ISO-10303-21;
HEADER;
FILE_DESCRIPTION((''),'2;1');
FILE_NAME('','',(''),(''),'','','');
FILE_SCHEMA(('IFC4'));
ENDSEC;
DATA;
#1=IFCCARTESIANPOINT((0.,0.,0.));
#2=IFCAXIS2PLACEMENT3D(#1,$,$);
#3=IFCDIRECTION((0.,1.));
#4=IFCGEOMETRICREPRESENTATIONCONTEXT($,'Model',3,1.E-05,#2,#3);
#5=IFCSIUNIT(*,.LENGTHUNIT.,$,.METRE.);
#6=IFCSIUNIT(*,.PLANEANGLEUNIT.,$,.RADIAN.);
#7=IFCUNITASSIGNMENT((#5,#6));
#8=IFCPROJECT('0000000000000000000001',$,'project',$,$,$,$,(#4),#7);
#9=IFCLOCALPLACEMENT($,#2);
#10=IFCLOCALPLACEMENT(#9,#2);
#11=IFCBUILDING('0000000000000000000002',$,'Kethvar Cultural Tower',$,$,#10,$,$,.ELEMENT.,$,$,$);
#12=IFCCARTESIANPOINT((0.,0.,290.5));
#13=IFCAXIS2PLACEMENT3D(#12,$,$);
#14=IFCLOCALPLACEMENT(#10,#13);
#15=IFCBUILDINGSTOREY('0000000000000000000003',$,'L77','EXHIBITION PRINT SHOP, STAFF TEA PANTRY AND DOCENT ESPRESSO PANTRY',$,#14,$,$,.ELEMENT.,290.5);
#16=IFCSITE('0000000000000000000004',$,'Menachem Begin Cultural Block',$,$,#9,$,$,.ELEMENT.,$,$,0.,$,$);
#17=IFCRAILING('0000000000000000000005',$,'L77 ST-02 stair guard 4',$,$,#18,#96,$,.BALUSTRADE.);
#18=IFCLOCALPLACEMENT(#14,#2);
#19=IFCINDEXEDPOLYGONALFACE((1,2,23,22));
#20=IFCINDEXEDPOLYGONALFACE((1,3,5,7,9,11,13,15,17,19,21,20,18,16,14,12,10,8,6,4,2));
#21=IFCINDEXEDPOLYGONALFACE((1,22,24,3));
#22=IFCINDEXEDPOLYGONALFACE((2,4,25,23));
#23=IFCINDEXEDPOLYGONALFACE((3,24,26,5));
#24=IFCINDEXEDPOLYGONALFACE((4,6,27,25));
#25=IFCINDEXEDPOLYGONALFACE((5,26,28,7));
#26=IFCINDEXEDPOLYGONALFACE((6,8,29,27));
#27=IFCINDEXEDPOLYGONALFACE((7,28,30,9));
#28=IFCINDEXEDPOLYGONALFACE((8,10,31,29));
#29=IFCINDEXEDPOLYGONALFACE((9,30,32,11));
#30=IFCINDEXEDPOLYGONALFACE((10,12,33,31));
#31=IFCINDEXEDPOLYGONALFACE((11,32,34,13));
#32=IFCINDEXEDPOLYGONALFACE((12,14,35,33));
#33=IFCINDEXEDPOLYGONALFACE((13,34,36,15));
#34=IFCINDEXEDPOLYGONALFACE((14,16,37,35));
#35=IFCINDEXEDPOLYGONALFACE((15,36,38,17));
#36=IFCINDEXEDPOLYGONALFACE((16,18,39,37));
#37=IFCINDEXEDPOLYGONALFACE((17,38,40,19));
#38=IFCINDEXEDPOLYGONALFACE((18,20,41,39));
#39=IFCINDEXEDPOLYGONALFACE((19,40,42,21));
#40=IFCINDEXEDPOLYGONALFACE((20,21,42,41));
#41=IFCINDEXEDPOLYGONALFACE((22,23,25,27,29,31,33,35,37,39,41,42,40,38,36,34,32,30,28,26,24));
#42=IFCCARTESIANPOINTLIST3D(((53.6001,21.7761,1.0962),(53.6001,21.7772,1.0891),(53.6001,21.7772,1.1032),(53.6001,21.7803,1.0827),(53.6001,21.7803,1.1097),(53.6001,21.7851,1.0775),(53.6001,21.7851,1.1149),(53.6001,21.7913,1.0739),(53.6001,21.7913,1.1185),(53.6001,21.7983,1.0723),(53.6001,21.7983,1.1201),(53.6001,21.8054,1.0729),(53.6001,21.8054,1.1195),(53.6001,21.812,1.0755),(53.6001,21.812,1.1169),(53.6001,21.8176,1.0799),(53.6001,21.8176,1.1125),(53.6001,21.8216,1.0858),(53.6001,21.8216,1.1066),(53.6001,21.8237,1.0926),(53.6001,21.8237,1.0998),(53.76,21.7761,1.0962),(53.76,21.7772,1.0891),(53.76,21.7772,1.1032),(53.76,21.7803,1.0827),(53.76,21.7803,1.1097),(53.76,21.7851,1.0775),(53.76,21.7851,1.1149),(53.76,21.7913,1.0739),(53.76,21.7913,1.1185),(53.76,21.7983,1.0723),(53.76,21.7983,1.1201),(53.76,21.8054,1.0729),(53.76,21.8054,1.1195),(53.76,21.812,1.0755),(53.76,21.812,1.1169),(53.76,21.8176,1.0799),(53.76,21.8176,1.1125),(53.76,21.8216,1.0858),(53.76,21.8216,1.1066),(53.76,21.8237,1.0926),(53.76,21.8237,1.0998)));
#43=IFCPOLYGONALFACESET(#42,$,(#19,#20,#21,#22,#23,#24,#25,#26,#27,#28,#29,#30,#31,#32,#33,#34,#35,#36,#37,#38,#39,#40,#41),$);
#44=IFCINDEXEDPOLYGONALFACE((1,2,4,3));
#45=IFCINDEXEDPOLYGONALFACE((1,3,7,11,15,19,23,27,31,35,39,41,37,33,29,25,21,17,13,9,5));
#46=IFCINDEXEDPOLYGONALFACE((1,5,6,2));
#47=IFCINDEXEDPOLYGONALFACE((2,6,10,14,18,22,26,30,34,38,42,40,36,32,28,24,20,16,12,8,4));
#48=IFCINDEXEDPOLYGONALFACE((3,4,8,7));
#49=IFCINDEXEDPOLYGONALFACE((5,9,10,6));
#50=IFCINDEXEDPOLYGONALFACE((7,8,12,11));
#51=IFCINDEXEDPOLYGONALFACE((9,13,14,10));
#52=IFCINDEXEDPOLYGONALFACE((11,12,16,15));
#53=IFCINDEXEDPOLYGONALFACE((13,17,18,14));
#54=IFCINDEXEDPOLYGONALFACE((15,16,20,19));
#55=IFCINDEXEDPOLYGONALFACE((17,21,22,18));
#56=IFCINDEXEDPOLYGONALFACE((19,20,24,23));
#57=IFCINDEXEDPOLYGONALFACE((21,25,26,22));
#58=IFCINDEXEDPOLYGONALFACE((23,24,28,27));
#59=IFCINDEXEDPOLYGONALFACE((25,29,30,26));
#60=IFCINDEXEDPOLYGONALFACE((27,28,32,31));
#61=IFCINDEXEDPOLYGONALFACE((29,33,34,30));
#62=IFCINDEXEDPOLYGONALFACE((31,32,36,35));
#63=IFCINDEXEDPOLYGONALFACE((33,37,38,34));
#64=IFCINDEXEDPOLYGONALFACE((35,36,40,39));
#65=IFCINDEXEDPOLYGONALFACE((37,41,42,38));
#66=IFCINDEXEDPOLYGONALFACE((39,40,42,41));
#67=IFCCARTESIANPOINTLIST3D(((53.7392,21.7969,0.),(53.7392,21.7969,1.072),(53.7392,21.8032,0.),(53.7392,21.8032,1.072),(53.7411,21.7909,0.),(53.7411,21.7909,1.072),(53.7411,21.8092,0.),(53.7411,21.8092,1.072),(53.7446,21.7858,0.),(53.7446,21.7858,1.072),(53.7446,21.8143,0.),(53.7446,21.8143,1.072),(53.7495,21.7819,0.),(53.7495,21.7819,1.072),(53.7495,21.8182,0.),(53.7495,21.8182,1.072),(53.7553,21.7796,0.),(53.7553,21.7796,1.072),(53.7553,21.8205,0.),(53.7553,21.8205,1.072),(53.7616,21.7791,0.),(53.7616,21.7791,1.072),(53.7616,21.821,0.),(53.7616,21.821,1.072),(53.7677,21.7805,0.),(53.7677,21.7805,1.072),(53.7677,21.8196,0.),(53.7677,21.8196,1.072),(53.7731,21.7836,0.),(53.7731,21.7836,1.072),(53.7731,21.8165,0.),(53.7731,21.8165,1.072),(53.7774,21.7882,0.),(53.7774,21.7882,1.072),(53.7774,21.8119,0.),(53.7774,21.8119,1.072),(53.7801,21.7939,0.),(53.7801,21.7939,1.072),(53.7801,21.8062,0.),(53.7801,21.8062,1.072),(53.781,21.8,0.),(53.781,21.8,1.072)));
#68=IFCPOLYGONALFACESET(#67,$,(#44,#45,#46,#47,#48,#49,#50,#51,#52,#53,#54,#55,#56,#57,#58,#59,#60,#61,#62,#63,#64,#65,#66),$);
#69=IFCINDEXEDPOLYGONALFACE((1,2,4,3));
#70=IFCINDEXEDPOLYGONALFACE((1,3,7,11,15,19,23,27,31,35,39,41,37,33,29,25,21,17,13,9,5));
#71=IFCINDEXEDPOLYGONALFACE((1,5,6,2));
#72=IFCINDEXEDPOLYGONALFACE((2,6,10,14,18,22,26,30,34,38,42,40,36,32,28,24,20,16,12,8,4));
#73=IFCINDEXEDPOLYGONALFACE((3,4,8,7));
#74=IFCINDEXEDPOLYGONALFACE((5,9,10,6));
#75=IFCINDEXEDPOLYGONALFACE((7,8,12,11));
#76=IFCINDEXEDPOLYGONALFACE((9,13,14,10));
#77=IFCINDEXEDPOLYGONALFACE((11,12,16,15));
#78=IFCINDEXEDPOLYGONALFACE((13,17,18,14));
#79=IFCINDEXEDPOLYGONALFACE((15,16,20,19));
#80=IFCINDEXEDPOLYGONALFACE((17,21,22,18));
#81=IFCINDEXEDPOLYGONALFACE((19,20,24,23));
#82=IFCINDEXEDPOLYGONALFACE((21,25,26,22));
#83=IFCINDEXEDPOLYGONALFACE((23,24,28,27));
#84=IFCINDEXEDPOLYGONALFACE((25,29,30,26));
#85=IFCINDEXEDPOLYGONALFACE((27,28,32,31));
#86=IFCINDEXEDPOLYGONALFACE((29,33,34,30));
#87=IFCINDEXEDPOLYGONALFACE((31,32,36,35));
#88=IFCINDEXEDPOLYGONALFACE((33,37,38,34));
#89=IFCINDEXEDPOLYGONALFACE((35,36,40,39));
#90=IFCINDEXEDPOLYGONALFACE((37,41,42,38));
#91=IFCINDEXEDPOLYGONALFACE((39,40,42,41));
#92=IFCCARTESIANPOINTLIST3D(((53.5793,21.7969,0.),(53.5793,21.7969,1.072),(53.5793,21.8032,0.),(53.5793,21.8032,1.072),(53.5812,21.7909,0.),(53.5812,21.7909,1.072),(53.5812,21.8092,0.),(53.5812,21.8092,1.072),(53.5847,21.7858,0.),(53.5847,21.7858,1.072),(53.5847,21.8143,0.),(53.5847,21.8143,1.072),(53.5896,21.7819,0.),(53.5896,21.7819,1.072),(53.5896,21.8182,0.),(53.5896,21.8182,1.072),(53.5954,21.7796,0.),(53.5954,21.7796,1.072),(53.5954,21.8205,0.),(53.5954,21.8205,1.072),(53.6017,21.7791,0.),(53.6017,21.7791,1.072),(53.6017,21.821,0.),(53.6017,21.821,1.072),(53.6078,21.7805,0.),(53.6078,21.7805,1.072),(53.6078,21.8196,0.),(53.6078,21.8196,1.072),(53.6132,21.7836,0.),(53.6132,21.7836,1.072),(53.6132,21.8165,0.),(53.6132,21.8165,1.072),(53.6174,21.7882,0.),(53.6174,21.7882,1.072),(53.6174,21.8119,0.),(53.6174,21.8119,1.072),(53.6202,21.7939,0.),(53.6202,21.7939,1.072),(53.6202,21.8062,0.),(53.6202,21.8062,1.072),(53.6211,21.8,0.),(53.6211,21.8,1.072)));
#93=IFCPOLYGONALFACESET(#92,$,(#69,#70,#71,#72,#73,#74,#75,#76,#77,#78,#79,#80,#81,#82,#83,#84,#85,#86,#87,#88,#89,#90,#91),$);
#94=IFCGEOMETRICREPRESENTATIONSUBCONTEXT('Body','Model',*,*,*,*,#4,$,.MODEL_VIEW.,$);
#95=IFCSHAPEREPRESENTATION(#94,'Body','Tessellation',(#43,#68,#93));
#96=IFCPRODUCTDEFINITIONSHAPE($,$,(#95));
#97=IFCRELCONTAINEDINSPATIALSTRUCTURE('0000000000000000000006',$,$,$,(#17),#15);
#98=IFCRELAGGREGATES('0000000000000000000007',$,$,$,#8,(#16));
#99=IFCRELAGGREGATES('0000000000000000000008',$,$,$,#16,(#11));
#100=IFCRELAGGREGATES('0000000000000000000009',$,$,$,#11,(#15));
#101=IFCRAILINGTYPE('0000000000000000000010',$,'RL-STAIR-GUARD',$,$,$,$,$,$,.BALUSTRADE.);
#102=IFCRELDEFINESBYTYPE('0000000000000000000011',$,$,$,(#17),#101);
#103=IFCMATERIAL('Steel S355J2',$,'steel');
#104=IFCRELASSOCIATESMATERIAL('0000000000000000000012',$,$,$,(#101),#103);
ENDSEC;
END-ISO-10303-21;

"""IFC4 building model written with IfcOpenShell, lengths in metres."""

from ifc_helpers import new_model, si_unit, direction, frame, origin, origin_2d, place, context, subcontext, project, spatial, circle, extrude, material, type_object, element, save


model = new_model("IFC4")

# Units and contexts
model_context = context("Model", 3, precision=1e-05, world=origin(), true_north=direction((0.0, 1.0)))
body_context = subcontext(model_context, "Body", "Model", "MODEL_VIEW")
ifc_project = project(units=[si_unit("LENGTHUNIT", "METRE"), si_unit("PLANEANGLEUNIT", "RADIAN")], contexts=[model_context])

# Site, building, storey
site_placement = place(None, origin())
site = spatial("IfcSite", under=ifc_project, at=site_placement, Name="Menachem Begin Cultural Block", CompositionType="ELEMENT", RefElevation=0.0)
building_placement = place(site_placement, origin())
building = spatial("IfcBuilding", under=site, at=building_placement, Name="Kethvar Cultural Tower", CompositionType="ELEMENT")
storey_placement = place(building_placement, frame((0.0, 0.0, 290.5)))
storey = spatial("IfcBuildingStorey", under=building, at=storey_placement, Name="L77", Description="EXHIBITION PRINT SHOP, STAFF TEA PANTRY AND DOCENT ESPRESSO PANTRY", CompositionType="ELEMENT", Elevation=290.5)

# Shared definitions
ifc_material_1 = material(Name="Steel S355J2", Category="steel")

# Railing
railing_type_1 = type_object("IfcRailingType", Name="RL-STAIR-GUARD", PredefinedType="BALUSTRADE", material=ifc_material_1)
railing_1_placement = place(storey_placement, frame((53.76, 21.8, 0.0)))
element("IfcRailing", 1, at=railing_1_placement, inside=storey, type_object=railing_type_1, Name="L77 ST-02 stair guard 4", PredefinedType="BALUSTRADE", context=body_context, shape_type="SweptSolid", body=[
    extrude(circle(Radius=0.0239, at=origin_2d()), frame((0.0, 0.0, 1.0962), z_axis=(-1.0, 0.0, 0.0), x_axis=(0.0, -1.0, 0.0)), (0.0, 0.0, 1.0), 0.1599),
    extrude(circle(Radius=0.021, at=origin_2d()), origin(), (0.0, 0.0, 1.0), 1.072),
    extrude(circle(Radius=0.021, at=origin_2d()), frame((-0.1599, 0.0, 0.0)), (0.0, 0.0, 1.0), 1.072),
])

save(model, "model.ifc")
